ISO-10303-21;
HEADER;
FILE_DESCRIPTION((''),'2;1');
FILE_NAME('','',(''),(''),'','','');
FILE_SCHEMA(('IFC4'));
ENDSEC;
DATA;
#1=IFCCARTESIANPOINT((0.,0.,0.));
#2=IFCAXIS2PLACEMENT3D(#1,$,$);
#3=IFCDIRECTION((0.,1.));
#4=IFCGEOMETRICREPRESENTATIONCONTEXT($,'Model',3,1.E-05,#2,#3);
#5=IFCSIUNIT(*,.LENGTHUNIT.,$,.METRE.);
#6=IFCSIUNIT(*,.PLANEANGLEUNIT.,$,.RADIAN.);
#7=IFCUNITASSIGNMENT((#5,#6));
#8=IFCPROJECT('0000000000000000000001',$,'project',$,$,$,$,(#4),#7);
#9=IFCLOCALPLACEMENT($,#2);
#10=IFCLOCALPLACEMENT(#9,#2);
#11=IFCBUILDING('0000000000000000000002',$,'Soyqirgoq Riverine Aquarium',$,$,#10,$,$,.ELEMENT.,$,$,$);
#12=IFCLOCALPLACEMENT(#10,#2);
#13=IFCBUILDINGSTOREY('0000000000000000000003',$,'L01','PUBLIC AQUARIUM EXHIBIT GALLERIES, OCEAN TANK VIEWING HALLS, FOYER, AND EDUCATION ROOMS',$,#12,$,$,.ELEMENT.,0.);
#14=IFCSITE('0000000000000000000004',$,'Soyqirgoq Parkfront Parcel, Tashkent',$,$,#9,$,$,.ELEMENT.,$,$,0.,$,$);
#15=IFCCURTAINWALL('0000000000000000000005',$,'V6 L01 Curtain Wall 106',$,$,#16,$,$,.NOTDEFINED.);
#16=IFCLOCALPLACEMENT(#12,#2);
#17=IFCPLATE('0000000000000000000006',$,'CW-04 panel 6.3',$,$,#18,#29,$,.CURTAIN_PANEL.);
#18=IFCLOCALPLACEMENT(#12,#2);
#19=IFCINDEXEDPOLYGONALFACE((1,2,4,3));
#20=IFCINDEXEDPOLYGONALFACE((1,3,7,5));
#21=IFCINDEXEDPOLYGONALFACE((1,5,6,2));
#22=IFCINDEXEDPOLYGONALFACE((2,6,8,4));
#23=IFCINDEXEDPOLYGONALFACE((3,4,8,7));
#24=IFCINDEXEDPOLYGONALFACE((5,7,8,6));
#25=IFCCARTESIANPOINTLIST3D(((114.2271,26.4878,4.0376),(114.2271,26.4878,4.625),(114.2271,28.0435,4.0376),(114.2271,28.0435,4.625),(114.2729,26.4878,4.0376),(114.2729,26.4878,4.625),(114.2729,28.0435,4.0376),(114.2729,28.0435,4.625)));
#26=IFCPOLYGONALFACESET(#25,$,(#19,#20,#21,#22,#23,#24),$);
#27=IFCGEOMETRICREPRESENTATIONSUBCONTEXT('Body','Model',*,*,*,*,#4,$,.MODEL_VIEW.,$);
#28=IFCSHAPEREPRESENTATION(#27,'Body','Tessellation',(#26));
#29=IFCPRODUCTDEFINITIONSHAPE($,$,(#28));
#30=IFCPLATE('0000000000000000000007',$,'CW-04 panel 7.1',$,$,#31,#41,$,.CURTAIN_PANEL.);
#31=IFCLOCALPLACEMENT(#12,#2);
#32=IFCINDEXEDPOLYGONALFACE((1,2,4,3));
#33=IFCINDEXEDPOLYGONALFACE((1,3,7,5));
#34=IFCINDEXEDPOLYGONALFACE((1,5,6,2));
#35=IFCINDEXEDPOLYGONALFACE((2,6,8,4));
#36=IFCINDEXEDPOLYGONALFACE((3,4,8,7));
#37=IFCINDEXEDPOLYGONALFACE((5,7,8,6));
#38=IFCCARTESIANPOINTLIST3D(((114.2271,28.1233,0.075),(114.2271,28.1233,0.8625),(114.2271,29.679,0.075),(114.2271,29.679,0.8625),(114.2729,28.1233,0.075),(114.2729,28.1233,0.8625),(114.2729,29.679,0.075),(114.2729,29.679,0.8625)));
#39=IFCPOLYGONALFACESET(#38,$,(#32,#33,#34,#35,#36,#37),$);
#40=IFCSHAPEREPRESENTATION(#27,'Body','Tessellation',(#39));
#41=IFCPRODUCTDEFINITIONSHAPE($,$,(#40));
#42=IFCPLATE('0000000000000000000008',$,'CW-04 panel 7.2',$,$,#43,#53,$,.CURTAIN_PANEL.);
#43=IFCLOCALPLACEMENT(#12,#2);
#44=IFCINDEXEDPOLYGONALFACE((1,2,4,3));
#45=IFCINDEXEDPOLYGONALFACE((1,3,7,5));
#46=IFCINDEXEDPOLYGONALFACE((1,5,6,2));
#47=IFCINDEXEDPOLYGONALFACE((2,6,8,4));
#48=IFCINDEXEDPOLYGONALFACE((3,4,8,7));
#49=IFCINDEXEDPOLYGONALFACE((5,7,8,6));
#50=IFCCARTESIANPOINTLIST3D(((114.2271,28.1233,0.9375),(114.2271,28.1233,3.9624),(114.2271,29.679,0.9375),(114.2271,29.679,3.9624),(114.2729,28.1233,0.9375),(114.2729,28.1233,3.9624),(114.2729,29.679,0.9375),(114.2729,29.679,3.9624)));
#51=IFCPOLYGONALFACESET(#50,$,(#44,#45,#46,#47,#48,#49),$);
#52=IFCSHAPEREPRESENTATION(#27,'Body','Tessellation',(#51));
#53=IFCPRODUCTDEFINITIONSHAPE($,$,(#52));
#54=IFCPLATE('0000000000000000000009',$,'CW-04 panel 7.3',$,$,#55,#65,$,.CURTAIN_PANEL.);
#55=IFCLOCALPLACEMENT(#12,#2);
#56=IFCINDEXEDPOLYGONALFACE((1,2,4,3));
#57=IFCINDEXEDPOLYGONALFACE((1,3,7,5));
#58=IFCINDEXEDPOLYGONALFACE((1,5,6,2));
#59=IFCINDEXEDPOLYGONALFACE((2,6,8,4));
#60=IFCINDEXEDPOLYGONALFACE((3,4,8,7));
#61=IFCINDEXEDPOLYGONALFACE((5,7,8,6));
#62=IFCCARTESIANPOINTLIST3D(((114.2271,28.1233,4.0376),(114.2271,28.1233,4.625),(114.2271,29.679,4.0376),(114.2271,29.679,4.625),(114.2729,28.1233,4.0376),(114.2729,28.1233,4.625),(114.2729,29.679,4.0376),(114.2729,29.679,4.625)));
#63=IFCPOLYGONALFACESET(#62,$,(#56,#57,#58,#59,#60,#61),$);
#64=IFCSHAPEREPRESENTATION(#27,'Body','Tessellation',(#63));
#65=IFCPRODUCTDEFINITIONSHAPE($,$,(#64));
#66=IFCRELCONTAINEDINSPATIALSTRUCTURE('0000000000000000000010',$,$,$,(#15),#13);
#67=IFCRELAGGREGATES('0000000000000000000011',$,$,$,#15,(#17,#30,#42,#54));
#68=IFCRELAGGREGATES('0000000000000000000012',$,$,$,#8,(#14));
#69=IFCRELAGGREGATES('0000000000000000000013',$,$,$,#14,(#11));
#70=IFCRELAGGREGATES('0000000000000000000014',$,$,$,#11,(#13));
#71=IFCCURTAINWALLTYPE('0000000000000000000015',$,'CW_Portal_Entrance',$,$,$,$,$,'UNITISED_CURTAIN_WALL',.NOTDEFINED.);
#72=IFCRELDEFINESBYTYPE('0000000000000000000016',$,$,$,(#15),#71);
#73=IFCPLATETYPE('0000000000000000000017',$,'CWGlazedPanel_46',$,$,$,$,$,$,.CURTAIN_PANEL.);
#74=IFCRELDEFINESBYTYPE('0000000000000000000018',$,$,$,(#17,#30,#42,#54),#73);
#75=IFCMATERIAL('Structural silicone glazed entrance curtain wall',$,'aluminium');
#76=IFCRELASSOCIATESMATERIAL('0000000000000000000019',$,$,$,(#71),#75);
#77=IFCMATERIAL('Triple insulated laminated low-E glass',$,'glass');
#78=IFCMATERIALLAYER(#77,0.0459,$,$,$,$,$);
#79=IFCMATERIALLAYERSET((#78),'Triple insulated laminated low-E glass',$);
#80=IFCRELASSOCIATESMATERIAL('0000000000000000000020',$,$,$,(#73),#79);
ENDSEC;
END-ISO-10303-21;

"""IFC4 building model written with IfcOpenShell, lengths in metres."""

from ifc_helpers import new_model, si_unit, direction, frame, origin, origin_2d, place, context, subcontext, project, spatial, rectangle, extrude, material, layer, layer_set, type_object, element, aggregate, save


model = new_model("IFC4")

# Units and contexts
model_context = context("Model", 3, precision=1e-05, world=origin(), true_north=direction((0.0, 1.0)))
body_context = subcontext(model_context, "Body", "Model", "MODEL_VIEW")
ifc_project = project(units=[si_unit("LENGTHUNIT", "METRE"), si_unit("PLANEANGLEUNIT", "RADIAN")], contexts=[model_context])

# Site, building, storey
site_placement = place(None, origin())
site = spatial("IfcSite", under=ifc_project, at=site_placement, Name="Soyqirgoq Parkfront Parcel, Tashkent", CompositionType="ELEMENT", RefElevation=0.0)
building_placement = place(site_placement, origin())
building = spatial("IfcBuilding", under=site, at=building_placement, Name="Soyqirgoq Riverine Aquarium", CompositionType="ELEMENT")
storey_placement = place(building_placement, origin())
storey = spatial("IfcBuildingStorey", under=building, at=storey_placement, Name="L01", Description="PUBLIC AQUARIUM EXHIBIT GALLERIES, OCEAN TANK VIEWING HALLS, FOYER, AND EDUCATION ROOMS", CompositionType="ELEMENT", Elevation=0.0)

# Curtain wall, plates
ifc_material_1 = material(Name="Structural silicone glazed entrance curtain wall", Category="aluminium")
curtain_wall_type = type_object("IfcCurtainWallType", Name="CW_Portal_Entrance", ElementType="UNITISED_CURTAIN_WALL", PredefinedType="NOTDEFINED", material=ifc_material_1)
curtain_wall_placement = place(storey_placement, origin())
curtain_wall = element("IfcCurtainWall", 1, at=curtain_wall_placement, inside=storey, type_object=curtain_wall_type, Name="V6 L01 Curtain Wall 106", PredefinedType="NOTDEFINED")
ifc_material_2 = material(Name="Triple insulated laminated low-E glass", Category="glass")
ifc_layer = layer(ifc_material_2, 0.0459)
ifc_layer_set = layer_set([ifc_layer], Name="Triple insulated laminated low-E glass")
plate_type = type_object("IfcPlateType", Name="CWGlazedPanel_46", PredefinedType="CURTAIN_PANEL", material=ifc_layer_set)
plate_1_placement = place(storey_placement, frame((114.25, 27.2656, 4.0376), z_axis=(0.0, 0.0, 1.0), x_axis=(0.0, 1.0, 0.0)))
plate_1 = element("IfcPlate", 2, at=plate_1_placement, type_object=plate_type, Name="CW-04 panel 6.3", PredefinedType="CURTAIN_PANEL", context=body_context, shape_type="SweptSolid", body=[
    extrude(rectangle(XDim=1.5557, YDim=0.0459, at=origin_2d()), origin(), (0.0, 0.0, 1.0), 0.5874),
])
plate_2_placement = place(storey_placement, frame((114.25, 28.9011, 0.075), z_axis=(0.0, 0.0, 1.0), x_axis=(0.0, 1.0, 0.0)))
plate_2 = element("IfcPlate", 3, at=plate_2_placement, type_object=plate_type, Name="CW-04 panel 7.1", PredefinedType="CURTAIN_PANEL", context=body_context, shape_type="SweptSolid", body=[
    extrude(rectangle(XDim=1.5557, YDim=0.0459, at=origin_2d()), origin(), (0.0, 0.0, 1.0), 0.7876),
])
plate_3_placement = place(storey_placement, frame((114.25, 28.9011, 0.9375), z_axis=(0.0, 0.0, 1.0), x_axis=(0.0, 1.0, 0.0)))
plate_3 = element("IfcPlate", 4, at=plate_3_placement, type_object=plate_type, Name="CW-04 panel 7.2", PredefinedType="CURTAIN_PANEL", context=body_context, shape_type="SweptSolid", body=[
    extrude(rectangle(XDim=1.5557, YDim=0.0459, at=origin_2d()), origin(), (0.0, 0.0, 1.0), 3.0249),
])
plate_4_placement = place(storey_placement, frame((114.25, 28.9011, 4.0376), z_axis=(0.0, 0.0, 1.0), x_axis=(0.0, 1.0, 0.0)))
plate_4 = element("IfcPlate", 5, at=plate_4_placement, type_object=plate_type, Name="CW-04 panel 7.3", PredefinedType="CURTAIN_PANEL", context=body_context, shape_type="SweptSolid", body=[
    extrude(rectangle(XDim=1.5557, YDim=0.0459, at=origin_2d()), origin(), (0.0, 0.0, 1.0), 0.5874),
])
aggregate(curtain_wall, [plate_1, plate_2, plate_3, plate_4])

save(model, "model.ifc")
